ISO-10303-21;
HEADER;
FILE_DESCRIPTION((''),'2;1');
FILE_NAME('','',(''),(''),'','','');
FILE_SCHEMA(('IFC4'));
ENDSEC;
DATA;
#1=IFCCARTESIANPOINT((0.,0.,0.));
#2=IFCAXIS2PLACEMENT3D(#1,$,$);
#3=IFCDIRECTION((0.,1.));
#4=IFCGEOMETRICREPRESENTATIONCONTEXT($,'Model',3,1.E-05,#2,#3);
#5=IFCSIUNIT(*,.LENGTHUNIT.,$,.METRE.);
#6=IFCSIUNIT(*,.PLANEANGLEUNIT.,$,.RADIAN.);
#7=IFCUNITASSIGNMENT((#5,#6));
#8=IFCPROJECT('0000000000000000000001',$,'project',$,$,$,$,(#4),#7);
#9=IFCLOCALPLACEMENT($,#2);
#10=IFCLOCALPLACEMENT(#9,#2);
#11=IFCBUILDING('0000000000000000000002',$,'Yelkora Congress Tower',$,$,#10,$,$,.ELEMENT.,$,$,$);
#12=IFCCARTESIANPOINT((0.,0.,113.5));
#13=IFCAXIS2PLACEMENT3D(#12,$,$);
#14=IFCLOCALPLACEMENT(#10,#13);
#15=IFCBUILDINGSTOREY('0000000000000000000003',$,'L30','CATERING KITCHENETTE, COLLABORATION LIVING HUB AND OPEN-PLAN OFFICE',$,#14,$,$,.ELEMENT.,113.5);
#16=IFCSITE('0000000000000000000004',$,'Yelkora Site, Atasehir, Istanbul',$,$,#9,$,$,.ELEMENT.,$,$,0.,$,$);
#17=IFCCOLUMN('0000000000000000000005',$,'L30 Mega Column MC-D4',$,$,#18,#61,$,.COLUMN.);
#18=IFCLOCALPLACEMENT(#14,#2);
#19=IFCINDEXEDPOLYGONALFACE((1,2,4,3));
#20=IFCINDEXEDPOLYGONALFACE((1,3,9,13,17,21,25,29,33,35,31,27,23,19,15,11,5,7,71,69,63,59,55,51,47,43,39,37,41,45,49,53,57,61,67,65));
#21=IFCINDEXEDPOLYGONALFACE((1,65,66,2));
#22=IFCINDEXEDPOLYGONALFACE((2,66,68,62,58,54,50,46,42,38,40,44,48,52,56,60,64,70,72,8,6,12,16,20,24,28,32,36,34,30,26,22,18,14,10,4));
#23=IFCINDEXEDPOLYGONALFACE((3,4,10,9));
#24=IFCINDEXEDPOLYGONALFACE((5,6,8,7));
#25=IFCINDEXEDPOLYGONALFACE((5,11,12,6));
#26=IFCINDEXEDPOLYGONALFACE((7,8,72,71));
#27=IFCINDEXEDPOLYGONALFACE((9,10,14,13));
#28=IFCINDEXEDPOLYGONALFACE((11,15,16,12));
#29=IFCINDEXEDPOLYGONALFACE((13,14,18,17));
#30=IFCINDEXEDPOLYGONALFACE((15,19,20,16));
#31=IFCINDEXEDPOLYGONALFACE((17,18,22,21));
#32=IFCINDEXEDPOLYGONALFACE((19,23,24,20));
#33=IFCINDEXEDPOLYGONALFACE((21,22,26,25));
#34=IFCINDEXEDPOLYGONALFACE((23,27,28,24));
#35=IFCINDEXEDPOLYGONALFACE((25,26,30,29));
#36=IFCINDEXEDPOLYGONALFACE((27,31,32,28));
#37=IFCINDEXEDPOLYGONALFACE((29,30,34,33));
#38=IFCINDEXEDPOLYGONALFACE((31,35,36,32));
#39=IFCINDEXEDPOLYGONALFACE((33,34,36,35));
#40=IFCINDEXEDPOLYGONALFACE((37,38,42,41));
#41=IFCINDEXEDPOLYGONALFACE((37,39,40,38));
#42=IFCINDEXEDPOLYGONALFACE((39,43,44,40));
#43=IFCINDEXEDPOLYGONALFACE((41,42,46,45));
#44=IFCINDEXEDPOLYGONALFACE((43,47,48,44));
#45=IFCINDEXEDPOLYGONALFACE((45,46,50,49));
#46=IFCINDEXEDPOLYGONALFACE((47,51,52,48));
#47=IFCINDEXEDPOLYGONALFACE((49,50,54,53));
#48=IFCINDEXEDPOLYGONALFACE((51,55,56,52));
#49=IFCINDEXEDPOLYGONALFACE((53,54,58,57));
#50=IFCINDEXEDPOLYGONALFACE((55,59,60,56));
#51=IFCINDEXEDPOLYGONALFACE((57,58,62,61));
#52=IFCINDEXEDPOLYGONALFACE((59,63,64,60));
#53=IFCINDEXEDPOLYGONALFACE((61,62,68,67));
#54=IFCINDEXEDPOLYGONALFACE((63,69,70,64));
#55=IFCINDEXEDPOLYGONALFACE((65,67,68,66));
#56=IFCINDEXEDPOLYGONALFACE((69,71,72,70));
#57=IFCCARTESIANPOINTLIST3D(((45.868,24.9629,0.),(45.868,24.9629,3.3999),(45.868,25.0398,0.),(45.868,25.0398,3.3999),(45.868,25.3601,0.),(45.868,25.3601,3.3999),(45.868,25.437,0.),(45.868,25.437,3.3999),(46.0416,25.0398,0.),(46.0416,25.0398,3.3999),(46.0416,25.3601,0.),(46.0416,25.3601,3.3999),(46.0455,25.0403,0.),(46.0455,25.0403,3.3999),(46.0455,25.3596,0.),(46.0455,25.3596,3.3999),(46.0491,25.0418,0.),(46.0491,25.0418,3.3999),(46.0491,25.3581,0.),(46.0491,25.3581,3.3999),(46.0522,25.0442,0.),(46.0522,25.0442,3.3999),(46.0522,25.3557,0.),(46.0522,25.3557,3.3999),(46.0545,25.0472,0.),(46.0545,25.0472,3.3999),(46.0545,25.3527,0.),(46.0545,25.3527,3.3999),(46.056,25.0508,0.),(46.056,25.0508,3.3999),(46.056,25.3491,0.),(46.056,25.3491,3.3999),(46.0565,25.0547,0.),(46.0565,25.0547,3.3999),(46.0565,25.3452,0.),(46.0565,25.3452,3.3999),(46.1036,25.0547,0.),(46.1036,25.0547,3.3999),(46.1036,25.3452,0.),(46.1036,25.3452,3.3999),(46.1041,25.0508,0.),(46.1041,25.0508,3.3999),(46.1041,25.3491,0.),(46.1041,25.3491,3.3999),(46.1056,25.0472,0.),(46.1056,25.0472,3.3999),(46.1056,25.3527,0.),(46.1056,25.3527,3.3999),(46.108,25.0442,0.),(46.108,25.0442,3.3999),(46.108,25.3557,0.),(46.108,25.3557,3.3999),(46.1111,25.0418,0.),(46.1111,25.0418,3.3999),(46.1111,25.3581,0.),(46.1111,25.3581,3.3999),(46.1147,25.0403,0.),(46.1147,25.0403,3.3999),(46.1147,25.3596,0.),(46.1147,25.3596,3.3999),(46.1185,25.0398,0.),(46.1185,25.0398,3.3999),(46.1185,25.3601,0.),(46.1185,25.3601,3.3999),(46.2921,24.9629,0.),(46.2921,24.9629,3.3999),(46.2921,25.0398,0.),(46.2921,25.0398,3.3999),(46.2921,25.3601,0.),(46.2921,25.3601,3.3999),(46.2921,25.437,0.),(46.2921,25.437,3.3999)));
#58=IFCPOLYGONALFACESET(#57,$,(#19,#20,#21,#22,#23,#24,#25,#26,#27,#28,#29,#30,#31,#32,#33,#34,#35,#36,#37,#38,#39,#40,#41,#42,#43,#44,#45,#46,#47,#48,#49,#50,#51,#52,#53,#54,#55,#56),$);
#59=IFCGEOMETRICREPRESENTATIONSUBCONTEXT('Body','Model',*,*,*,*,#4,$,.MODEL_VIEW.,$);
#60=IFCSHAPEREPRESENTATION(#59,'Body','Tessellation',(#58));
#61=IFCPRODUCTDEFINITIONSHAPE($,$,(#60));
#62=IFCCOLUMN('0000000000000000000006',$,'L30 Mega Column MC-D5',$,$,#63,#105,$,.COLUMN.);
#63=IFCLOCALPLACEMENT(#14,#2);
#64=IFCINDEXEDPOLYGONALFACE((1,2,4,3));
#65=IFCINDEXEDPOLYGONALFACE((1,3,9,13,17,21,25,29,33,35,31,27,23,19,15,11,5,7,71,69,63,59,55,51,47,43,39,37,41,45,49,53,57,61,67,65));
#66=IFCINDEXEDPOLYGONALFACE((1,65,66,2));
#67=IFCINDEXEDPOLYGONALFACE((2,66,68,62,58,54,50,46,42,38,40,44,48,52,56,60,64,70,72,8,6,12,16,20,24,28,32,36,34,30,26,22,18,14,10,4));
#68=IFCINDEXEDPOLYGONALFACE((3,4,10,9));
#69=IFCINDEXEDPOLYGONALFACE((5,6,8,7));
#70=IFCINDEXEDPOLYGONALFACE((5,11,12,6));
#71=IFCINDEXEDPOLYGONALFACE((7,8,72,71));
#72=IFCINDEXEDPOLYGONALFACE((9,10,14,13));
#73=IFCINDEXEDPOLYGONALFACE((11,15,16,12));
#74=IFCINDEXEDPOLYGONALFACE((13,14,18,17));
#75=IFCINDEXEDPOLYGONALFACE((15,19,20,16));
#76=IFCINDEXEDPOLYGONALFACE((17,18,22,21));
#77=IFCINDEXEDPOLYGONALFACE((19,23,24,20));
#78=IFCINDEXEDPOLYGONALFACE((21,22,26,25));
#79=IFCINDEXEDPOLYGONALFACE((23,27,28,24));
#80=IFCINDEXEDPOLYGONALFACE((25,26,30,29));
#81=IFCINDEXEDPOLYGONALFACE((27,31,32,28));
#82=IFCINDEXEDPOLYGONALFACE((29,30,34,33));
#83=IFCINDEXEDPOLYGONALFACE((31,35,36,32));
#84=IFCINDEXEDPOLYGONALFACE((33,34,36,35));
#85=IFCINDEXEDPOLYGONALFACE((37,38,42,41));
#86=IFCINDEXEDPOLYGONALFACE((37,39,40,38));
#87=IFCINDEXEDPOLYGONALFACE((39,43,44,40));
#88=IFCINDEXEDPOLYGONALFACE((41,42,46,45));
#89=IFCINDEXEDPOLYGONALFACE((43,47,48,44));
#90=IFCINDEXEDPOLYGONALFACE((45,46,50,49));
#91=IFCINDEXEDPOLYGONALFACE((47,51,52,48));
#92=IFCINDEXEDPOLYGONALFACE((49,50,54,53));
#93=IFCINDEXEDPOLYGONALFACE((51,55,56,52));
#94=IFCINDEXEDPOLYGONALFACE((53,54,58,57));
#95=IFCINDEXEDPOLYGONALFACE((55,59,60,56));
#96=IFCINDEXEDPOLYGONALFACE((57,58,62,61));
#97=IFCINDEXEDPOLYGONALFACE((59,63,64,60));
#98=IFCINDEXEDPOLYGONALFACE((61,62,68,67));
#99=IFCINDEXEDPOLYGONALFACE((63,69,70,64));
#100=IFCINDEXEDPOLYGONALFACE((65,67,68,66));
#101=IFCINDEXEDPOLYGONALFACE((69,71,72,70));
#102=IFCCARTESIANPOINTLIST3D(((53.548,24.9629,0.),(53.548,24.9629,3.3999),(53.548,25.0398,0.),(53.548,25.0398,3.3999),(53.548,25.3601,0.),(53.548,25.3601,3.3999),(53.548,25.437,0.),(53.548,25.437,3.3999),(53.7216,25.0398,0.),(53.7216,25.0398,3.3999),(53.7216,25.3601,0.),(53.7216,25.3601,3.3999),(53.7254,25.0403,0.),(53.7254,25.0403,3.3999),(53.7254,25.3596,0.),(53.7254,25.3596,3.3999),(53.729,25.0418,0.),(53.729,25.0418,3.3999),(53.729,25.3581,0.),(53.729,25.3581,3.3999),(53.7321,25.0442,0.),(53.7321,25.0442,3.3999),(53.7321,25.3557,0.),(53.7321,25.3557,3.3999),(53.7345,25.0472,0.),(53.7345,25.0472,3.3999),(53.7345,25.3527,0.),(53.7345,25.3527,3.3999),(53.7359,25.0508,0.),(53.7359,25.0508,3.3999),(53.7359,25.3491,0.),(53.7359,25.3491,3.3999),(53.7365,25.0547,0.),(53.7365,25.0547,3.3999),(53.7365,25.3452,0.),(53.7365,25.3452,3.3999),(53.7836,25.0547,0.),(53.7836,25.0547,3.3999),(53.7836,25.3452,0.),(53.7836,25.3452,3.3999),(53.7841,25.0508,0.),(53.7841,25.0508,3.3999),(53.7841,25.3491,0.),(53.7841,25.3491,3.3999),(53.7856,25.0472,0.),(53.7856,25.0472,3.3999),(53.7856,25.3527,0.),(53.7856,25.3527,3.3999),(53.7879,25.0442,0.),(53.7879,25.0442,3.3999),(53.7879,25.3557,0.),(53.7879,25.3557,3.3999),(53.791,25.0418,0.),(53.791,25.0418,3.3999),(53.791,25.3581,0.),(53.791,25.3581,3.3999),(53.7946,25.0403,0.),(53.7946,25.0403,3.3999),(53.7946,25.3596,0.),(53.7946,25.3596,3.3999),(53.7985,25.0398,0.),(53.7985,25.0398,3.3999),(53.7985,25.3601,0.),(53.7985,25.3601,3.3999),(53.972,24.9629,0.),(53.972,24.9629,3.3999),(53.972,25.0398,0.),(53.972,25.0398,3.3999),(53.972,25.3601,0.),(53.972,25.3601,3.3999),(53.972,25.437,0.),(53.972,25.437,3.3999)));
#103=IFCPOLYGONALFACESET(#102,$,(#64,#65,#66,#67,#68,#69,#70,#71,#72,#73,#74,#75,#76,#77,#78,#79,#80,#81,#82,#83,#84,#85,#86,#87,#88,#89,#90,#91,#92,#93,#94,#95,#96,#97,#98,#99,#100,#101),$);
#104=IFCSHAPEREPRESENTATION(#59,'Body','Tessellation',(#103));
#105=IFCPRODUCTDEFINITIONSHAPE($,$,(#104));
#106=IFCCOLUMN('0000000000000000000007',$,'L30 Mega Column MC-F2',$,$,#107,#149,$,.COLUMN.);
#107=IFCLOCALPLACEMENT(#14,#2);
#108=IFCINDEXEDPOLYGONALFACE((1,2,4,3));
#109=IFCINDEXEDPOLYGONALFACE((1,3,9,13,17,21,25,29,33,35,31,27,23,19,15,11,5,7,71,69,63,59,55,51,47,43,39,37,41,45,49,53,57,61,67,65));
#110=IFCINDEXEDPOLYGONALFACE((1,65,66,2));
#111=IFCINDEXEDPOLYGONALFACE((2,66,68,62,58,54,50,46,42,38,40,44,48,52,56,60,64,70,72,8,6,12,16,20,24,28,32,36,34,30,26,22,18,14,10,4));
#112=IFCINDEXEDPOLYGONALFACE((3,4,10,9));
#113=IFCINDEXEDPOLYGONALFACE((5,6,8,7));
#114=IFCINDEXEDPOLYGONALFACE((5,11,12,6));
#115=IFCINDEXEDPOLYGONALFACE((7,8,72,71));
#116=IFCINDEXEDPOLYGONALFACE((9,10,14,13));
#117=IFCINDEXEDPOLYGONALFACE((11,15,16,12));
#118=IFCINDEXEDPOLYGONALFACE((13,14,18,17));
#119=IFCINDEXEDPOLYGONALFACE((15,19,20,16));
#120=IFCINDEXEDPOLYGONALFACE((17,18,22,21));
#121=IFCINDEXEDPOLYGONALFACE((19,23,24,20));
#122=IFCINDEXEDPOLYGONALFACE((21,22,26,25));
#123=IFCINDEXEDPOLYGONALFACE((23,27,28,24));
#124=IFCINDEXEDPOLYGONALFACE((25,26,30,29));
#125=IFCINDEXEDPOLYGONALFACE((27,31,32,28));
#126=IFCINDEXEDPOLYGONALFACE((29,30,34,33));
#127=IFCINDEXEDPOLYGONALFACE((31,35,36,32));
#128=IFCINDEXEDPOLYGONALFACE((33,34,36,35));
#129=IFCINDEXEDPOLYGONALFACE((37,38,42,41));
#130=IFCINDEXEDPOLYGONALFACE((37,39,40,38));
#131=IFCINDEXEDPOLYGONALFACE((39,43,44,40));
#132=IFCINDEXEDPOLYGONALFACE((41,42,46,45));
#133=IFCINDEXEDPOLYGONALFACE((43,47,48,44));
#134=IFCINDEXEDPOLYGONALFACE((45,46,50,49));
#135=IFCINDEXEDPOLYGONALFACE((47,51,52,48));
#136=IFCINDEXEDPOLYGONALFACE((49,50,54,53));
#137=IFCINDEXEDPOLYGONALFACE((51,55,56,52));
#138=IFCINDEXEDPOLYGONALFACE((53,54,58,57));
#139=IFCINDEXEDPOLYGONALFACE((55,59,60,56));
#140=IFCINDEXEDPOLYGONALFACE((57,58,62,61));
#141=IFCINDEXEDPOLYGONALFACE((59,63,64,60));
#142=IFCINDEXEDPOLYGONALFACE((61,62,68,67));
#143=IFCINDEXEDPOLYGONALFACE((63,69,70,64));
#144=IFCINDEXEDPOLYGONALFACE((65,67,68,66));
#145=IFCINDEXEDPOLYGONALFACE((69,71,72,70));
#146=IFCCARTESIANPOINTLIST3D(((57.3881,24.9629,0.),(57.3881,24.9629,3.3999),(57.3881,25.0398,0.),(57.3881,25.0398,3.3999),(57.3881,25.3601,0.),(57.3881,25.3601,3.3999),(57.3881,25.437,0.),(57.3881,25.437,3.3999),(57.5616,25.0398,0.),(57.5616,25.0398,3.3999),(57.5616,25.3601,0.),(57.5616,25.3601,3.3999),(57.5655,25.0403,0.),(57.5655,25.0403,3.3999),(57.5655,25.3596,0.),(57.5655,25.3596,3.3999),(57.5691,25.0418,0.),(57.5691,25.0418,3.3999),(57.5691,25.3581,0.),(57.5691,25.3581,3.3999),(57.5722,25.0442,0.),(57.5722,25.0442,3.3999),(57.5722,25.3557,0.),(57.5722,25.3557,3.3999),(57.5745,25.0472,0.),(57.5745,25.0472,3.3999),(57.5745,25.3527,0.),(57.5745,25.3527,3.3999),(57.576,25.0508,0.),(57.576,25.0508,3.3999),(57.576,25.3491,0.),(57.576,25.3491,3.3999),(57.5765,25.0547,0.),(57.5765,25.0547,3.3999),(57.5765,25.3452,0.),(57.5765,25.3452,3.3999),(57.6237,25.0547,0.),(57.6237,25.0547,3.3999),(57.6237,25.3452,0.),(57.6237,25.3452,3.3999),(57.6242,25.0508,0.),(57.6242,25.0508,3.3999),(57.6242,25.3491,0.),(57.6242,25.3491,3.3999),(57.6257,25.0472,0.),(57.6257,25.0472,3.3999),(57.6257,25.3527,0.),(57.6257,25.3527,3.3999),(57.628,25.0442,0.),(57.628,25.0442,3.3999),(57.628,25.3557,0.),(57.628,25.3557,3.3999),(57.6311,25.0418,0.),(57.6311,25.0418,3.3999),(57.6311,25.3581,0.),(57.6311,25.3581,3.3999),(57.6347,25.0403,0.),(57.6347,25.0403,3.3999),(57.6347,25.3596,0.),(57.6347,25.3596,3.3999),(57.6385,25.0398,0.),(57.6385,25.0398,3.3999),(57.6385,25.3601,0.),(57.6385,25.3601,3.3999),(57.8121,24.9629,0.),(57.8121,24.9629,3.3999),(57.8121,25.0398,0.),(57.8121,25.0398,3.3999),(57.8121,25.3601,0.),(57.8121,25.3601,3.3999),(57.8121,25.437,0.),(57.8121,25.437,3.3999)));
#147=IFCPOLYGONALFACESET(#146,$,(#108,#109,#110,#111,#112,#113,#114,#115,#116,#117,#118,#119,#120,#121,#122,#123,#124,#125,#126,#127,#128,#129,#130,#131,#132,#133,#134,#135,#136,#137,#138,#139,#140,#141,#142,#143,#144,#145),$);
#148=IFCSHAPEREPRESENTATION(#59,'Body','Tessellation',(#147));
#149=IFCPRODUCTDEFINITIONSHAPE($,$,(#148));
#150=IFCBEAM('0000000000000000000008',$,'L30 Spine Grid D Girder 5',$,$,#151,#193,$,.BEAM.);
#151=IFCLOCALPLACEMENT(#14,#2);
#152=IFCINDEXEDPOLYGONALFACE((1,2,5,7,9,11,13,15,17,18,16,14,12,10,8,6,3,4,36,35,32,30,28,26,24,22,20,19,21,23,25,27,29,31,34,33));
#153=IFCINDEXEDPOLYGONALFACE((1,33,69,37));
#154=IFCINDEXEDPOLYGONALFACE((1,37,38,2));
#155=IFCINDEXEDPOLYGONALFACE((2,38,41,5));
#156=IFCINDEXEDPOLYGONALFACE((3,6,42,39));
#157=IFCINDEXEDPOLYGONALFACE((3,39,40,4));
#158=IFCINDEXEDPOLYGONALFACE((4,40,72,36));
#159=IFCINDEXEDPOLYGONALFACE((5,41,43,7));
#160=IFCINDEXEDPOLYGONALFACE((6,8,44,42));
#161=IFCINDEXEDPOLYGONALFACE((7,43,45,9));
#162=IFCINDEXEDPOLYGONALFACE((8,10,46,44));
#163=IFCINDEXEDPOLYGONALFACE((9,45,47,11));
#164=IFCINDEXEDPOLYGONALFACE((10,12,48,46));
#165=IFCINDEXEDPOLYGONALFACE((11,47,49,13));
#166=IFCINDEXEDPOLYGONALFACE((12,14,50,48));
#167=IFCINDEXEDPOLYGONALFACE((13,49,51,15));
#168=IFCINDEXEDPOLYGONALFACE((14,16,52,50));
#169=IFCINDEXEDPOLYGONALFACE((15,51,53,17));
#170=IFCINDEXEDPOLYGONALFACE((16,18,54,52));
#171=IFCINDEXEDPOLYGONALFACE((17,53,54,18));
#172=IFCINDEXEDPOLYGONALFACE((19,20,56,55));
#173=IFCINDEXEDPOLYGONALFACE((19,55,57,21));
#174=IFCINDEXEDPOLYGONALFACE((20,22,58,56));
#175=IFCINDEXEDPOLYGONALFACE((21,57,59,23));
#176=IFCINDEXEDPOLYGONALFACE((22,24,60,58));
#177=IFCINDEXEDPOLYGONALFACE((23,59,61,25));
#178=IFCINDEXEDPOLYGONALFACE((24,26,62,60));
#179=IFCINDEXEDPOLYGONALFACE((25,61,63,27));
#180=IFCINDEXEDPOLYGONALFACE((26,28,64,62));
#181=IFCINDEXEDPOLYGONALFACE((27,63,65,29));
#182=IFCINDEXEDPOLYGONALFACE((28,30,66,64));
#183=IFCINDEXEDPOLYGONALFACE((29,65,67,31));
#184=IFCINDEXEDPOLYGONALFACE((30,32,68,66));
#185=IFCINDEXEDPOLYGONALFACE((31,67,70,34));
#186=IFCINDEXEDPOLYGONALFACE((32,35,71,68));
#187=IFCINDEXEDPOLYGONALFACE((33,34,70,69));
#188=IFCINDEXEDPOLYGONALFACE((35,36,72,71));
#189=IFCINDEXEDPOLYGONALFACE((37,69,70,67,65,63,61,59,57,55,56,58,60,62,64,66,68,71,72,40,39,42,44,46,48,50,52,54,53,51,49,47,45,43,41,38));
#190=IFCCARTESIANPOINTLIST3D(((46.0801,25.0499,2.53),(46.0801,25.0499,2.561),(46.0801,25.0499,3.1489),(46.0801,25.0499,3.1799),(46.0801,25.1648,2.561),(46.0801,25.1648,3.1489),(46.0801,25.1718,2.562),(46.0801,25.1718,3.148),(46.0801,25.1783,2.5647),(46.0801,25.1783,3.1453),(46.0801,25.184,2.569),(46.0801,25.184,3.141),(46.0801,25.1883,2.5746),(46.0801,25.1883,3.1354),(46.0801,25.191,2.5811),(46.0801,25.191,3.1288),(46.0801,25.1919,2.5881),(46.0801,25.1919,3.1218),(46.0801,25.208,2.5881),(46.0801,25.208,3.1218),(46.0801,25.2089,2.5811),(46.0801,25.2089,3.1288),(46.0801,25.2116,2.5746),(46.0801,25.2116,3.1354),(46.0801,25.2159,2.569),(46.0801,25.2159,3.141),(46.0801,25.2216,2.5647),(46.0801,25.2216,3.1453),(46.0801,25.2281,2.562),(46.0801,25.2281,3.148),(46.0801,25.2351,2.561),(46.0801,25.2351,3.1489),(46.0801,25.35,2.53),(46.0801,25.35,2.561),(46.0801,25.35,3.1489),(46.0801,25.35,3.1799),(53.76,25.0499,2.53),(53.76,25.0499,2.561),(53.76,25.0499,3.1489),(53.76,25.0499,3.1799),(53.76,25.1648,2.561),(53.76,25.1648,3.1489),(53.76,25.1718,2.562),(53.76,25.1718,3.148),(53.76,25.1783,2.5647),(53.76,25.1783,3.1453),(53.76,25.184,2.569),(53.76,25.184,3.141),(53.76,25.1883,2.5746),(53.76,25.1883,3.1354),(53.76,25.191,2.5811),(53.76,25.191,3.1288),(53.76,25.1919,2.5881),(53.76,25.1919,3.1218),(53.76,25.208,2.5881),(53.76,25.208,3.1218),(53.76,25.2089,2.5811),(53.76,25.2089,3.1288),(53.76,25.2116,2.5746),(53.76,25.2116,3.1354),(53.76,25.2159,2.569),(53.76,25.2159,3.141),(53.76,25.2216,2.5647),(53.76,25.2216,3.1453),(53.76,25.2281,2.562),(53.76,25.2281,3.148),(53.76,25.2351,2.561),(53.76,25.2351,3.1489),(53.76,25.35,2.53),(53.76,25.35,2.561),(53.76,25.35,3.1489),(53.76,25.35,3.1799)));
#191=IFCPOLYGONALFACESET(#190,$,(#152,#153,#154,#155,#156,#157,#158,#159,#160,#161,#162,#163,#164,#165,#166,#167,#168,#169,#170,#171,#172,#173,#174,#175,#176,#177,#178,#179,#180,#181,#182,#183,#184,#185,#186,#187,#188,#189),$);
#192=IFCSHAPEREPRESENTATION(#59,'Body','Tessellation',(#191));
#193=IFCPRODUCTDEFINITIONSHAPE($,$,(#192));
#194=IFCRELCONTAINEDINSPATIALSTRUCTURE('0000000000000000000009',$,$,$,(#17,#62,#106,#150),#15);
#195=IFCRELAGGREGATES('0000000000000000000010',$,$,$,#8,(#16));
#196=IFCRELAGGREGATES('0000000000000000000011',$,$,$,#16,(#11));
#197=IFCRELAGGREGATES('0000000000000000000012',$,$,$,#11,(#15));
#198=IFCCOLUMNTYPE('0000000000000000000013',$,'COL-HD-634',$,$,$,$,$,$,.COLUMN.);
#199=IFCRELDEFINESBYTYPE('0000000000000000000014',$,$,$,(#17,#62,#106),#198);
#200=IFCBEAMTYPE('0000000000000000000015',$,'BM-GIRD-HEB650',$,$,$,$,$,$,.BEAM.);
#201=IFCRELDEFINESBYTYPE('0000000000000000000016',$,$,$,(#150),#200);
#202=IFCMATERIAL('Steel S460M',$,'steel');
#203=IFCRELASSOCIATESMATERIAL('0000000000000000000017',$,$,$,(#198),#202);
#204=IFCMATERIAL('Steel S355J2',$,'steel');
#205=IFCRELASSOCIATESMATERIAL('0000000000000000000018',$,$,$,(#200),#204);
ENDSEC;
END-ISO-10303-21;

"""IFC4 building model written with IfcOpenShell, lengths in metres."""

from ifc_helpers import new_model, si_unit, direction, frame, origin, origin_2d, place, context, subcontext, project, spatial, i_section, extrude, material, material_profile, profile_set, type_object, element, save


model = new_model("IFC4")

# Units and contexts
model_context = context("Model", 3, precision=1e-05, world=origin(), true_north=direction((0.0, 1.0)))
body_context = subcontext(model_context, "Body", "Model", "MODEL_VIEW")
ifc_project = project(units=[si_unit("LENGTHUNIT", "METRE"), si_unit("PLANEANGLEUNIT", "RADIAN")], contexts=[model_context])

# Site, building, storey
site_placement = place(None, origin())
site = spatial("IfcSite", under=ifc_project, at=site_placement, Name="Yelkora Site, Atasehir, Istanbul", CompositionType="ELEMENT", RefElevation=0.0)
building_placement = place(site_placement, origin())
building = spatial("IfcBuilding", under=site, at=building_placement, Name="Yelkora Congress Tower", CompositionType="ELEMENT")
storey_placement = place(building_placement, frame((0.0, 0.0, 113.5)))
storey = spatial("IfcBuildingStorey", under=building, at=storey_placement, Name="L30", Description="CATERING KITCHENETTE, COLLABORATION LIVING HUB AND OPEN-PLAN OFFICE", CompositionType="ELEMENT", Elevation=113.5)

# Columns
ifc_material_1 = material(Name="Steel S460M", Category="steel")
ifc_material_profile_1 = material_profile(ifc_material_1, i_section(OverallWidth=0.4241, OverallDepth=0.4741, WebThickness=0.0471, FlangeThickness=0.0769, FilletRadius=0.0149, at=origin_2d()), Name="HD 400x634")
ifc_profile_set_1 = profile_set([ifc_material_profile_1], Name="Steel S460M")
column_type = type_object("IfcColumnType", Name="COL-HD-634", PredefinedType="COLUMN", material=ifc_profile_set_1)
for number, where, z_axis, x_axis, name in (
    (1, (46.0801, 25.2, 0.0), (0.0, 0.0, 1.0), (1.0, 0.0, 0.0), "L30 Mega Column MC-D4"),
    (2, (53.76, 25.2, 0.0), (0.0, 0.0, 1.0), (1.0, 0.0, 0.0), "L30 Mega Column MC-D5"),
    (3, (57.6001, 25.2, 0.0), (0.0, 0.0, 1.0), (1.0, 0.0, 0.0), "L30 Mega Column MC-F2"),
):
    element("IfcColumn", number, at=place(storey_placement, frame(where, z_axis=z_axis, x_axis=x_axis)), inside=storey, type_object=column_type, Name=name, PredefinedType="COLUMN", context=body_context, shape_type="SweptSolid", body=[
        extrude(i_section(OverallWidth=0.4241, OverallDepth=0.4741, WebThickness=0.0471, FlangeThickness=0.0769, FilletRadius=0.0149, at=origin_2d()), origin(), (0.0, 0.0, 1.0), 3.3999),
    ])

# Beam
ifc_material_2 = material(Name="Steel S355J2", Category="steel")
ifc_material_profile_2 = material_profile(ifc_material_2, i_section(OverallWidth=0.3, OverallDepth=0.6499, WebThickness=0.0161, FlangeThickness=0.031, FilletRadius=0.0271, at=origin_2d()), Name="HEB 650")
ifc_profile_set_2 = profile_set([ifc_material_profile_2], Name="Steel S355J2")
beam_type_1 = type_object("IfcBeamType", Name="BM-GIRD-HEB650", PredefinedType="BEAM", material=ifc_profile_set_2)
beam_1_placement = place(storey_placement, frame((46.0801, 25.2, 2.855), z_axis=(1.0, 0.0, 0.0), x_axis=(0.0, 1.0, 0.0)))
element("IfcBeam", 4, at=beam_1_placement, inside=storey, type_object=beam_type_1, Name="L30 Spine Grid D Girder 5", PredefinedType="BEAM", context=body_context, shape_type="SweptSolid", body=[
    extrude(i_section(OverallWidth=0.3, OverallDepth=0.6499, WebThickness=0.0161, FlangeThickness=0.031, FilletRadius=0.0271, at=origin_2d()), origin(), (0.0, 0.0, 1.0), 7.6799),
])

save(model, "model.ifc")
